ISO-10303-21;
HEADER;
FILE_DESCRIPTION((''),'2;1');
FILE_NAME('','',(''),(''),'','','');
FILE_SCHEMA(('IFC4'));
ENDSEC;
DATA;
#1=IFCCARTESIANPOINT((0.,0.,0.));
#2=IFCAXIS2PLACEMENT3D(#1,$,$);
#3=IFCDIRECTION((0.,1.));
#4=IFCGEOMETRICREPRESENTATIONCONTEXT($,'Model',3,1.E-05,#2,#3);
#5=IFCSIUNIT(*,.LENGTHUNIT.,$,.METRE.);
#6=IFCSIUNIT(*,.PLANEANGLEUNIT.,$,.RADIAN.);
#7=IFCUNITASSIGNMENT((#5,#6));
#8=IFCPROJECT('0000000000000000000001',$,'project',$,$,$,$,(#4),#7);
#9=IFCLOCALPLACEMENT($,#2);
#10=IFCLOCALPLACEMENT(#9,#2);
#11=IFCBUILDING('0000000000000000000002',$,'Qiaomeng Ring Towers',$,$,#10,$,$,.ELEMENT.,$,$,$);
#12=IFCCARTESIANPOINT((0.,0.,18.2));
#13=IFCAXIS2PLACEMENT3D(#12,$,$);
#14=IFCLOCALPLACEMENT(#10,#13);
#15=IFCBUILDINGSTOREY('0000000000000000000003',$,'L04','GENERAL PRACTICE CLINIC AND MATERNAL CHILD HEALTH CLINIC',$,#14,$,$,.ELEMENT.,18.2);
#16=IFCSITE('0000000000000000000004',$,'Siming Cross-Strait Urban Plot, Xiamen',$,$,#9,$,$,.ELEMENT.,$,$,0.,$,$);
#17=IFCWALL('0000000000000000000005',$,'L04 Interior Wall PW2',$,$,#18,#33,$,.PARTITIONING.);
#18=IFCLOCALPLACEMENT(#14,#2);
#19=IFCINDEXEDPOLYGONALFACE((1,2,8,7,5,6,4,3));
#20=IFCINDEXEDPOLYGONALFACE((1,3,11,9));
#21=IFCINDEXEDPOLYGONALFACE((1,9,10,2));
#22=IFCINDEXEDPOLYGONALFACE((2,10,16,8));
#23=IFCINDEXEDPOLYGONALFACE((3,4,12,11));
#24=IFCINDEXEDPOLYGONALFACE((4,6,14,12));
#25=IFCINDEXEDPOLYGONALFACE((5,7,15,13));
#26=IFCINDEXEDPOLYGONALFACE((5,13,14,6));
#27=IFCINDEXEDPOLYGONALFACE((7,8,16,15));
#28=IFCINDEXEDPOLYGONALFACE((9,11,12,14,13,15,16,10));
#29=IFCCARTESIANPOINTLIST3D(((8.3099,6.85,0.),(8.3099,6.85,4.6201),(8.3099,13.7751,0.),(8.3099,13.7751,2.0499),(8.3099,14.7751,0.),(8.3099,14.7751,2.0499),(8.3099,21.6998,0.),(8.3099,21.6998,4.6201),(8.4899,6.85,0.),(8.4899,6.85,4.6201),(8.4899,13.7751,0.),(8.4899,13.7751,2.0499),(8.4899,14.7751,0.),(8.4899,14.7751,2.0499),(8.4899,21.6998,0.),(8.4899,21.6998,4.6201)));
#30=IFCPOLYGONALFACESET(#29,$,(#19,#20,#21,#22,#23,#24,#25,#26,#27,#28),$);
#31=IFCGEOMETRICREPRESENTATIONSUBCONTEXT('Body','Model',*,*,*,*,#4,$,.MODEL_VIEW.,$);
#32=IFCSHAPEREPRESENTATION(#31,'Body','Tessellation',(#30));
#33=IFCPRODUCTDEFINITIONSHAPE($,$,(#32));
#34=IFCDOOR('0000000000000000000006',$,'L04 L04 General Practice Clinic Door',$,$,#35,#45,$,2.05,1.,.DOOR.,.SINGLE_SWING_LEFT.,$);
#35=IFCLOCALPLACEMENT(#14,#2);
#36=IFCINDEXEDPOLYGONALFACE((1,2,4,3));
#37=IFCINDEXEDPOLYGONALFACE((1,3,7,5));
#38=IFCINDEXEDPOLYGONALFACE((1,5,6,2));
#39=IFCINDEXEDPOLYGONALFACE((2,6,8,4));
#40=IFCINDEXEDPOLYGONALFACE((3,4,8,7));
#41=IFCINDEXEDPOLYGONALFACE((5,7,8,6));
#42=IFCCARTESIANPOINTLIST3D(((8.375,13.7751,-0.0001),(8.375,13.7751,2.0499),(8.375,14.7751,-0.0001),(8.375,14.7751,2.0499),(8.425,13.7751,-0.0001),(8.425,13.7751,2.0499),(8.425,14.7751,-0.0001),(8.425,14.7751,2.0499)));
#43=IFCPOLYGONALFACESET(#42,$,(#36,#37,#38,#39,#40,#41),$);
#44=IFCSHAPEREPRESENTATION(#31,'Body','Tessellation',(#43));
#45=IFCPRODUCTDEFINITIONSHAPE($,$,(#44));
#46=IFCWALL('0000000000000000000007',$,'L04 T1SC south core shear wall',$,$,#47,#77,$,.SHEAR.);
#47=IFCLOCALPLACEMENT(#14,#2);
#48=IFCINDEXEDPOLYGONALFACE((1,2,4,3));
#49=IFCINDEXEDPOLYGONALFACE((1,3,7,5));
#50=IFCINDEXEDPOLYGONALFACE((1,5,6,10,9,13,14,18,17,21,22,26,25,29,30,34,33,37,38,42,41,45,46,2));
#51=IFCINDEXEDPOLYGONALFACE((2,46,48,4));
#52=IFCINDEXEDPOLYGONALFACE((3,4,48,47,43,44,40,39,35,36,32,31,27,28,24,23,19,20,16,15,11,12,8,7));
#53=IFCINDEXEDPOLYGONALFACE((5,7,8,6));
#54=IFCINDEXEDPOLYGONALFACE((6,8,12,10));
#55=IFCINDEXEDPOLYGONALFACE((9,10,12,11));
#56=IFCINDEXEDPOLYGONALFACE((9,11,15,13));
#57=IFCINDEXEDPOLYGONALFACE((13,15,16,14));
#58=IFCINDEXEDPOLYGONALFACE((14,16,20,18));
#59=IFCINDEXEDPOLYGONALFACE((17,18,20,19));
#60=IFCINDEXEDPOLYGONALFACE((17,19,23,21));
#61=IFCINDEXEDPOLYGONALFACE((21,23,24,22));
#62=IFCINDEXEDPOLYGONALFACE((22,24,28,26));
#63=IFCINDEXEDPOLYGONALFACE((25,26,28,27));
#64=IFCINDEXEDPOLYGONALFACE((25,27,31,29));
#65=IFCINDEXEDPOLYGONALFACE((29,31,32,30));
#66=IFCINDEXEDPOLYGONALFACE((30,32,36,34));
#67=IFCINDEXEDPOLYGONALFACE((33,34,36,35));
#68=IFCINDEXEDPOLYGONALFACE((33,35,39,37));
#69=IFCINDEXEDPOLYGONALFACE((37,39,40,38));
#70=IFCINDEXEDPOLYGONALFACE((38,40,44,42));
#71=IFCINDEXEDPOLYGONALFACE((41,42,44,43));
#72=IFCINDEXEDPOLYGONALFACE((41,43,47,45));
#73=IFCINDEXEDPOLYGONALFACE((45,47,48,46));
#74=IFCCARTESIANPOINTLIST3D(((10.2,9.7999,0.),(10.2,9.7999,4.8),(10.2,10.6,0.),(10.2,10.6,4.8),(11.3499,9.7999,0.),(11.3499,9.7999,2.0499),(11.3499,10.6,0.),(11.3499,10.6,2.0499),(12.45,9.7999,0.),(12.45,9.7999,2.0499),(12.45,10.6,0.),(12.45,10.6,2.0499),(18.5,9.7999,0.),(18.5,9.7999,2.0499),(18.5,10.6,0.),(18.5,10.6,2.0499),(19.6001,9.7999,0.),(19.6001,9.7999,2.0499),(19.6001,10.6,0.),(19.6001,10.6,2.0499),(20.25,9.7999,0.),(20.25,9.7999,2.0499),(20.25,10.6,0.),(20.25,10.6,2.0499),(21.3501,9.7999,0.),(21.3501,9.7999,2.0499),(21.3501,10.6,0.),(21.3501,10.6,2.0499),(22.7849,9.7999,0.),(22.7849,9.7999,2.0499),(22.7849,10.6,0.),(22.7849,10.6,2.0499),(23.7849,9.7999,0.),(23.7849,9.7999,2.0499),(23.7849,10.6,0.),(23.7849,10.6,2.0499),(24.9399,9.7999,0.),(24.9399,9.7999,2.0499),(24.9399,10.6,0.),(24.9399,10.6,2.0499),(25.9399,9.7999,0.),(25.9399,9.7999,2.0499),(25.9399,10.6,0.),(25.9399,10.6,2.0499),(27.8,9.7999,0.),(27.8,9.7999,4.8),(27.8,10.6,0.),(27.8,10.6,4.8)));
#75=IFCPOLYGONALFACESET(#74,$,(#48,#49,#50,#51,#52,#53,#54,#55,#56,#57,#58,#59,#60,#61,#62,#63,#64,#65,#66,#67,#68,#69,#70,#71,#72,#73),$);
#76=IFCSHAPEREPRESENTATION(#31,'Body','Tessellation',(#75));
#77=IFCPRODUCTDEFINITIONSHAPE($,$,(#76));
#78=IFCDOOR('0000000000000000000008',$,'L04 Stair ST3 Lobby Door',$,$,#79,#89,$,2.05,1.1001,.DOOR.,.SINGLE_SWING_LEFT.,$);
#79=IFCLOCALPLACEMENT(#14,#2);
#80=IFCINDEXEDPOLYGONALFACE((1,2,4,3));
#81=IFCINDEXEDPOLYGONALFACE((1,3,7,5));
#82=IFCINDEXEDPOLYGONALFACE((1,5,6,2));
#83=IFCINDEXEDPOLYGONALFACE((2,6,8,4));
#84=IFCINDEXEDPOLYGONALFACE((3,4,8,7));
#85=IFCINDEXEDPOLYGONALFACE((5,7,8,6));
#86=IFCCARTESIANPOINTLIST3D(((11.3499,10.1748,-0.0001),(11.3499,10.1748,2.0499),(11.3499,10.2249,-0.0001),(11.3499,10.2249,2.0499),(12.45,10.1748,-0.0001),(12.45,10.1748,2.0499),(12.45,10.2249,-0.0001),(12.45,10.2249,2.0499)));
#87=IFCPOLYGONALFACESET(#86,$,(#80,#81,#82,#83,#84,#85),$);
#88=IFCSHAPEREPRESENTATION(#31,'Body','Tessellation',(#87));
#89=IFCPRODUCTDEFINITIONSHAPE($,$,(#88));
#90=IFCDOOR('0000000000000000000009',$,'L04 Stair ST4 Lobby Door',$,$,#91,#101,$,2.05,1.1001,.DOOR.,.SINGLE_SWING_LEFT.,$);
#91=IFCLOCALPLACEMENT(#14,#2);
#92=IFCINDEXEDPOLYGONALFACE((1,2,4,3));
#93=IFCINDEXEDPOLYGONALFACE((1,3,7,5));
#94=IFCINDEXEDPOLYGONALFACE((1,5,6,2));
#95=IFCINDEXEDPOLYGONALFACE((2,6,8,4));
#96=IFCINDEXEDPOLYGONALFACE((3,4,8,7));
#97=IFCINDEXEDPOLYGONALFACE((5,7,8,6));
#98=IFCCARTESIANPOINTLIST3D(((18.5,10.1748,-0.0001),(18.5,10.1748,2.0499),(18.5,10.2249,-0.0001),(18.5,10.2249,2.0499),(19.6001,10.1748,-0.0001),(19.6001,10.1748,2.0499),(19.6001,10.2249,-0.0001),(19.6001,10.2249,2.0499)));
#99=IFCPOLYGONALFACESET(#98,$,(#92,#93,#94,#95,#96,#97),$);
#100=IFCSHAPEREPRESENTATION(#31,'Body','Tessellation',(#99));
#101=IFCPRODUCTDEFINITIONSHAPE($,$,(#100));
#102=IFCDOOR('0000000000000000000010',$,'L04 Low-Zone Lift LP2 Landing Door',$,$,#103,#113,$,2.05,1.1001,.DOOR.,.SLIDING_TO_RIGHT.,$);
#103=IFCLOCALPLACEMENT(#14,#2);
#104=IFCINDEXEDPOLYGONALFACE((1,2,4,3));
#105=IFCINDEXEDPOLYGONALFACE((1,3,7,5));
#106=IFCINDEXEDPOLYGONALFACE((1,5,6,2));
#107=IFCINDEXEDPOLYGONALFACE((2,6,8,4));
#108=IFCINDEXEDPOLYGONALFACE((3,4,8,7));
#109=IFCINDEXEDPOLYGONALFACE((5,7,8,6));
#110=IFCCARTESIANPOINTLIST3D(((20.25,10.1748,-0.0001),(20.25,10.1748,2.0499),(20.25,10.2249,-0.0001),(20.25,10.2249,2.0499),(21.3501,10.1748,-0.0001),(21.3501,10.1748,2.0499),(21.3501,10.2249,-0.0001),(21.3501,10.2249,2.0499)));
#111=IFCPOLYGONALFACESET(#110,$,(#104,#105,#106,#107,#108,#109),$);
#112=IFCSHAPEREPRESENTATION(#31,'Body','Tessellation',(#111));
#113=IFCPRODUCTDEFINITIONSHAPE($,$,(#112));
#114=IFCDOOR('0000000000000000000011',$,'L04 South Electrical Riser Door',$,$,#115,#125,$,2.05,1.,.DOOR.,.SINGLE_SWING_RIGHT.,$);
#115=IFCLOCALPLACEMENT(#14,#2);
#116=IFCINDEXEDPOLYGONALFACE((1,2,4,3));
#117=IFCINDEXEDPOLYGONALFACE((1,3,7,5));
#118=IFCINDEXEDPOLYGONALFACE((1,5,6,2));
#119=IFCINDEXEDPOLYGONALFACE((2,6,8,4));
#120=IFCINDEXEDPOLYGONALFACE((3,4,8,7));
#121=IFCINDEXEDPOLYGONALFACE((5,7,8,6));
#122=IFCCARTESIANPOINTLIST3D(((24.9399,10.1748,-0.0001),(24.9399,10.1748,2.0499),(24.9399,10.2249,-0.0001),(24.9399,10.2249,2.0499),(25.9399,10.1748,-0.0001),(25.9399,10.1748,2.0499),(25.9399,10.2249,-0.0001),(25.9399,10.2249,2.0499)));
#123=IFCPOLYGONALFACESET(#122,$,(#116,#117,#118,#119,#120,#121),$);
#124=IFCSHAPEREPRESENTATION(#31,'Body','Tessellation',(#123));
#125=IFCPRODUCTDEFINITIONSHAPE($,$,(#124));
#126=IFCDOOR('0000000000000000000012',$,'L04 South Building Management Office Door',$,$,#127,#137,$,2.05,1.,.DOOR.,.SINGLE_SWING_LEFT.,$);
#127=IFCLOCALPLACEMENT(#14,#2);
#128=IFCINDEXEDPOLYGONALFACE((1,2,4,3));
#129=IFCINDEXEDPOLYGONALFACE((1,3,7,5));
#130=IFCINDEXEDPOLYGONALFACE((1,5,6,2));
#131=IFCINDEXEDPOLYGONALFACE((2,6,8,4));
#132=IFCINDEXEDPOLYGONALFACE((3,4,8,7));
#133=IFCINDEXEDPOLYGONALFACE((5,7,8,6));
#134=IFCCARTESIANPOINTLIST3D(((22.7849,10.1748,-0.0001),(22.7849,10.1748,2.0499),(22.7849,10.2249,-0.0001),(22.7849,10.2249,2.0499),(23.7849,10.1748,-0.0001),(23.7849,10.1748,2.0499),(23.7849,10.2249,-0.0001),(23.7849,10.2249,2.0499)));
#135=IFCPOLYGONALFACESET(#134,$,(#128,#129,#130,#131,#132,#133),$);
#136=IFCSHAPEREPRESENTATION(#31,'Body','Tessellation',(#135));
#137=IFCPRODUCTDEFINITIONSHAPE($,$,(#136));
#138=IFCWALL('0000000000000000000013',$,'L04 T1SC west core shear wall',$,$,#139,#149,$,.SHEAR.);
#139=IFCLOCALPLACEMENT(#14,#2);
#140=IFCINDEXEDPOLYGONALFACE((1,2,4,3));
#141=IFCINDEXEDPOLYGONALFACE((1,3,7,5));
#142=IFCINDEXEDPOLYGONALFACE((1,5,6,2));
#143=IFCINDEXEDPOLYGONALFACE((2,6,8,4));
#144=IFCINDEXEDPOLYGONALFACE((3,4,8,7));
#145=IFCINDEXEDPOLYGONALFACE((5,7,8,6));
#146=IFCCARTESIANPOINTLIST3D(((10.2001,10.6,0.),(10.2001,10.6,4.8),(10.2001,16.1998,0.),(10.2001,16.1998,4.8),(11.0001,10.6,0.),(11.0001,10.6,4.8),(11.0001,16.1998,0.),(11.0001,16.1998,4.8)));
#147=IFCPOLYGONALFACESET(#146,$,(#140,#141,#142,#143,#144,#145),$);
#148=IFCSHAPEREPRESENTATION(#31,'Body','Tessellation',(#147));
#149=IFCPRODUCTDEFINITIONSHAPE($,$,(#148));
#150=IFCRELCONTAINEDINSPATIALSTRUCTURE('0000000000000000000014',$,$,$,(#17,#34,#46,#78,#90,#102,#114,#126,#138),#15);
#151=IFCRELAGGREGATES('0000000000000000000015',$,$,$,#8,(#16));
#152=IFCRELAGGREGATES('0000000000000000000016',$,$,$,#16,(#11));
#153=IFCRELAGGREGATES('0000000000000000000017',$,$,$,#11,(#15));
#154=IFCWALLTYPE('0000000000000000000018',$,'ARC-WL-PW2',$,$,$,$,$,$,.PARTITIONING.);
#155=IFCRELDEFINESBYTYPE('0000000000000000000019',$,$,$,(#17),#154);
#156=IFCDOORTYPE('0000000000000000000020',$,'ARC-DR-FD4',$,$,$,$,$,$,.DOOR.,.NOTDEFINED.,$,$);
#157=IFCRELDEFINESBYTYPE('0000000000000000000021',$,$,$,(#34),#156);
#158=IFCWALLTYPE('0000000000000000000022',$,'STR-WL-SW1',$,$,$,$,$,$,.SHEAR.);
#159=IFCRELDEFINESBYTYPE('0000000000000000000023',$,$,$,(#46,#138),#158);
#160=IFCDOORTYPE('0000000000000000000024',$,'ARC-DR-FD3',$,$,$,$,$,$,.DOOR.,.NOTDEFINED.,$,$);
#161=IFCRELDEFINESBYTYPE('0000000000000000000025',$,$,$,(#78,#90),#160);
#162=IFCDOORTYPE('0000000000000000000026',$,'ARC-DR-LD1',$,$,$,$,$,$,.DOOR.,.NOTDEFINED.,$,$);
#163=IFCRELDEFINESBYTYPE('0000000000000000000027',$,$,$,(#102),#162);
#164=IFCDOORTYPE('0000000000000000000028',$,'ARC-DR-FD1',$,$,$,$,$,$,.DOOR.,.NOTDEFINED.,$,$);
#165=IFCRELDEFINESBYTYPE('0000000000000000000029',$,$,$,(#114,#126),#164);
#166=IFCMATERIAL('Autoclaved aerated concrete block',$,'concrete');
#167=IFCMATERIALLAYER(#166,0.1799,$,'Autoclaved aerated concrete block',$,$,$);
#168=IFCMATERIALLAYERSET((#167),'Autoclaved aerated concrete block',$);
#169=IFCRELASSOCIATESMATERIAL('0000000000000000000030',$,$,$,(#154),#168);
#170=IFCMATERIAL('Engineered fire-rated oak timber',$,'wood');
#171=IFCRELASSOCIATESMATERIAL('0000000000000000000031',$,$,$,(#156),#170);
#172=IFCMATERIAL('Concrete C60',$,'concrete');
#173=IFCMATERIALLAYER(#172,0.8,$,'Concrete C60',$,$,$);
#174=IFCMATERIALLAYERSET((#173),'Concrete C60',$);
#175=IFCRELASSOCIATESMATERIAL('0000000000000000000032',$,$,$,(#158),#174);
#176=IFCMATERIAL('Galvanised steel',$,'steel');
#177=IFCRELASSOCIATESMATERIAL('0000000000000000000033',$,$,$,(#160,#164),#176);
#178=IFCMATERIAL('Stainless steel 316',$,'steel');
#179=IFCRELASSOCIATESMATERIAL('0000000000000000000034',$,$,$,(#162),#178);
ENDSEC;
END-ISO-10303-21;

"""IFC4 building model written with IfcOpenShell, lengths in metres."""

from ifc_helpers import new_model, si_unit, direction, frame, frame_2d, origin, place, context, subcontext, project, spatial, rectangle, extrude, source, transform, mapped, material, layer, layer_set, type_object, element, fill, save


model = new_model("IFC4")

# Units and contexts
model_context = context("Model", 3, precision=1e-05, world=origin(), true_north=direction((0.0, 1.0)))
body_context = subcontext(model_context, "Body", "Model", "MODEL_VIEW")
ifc_project = project(units=[si_unit("LENGTHUNIT", "METRE"), si_unit("PLANEANGLEUNIT", "RADIAN")], contexts=[model_context])

# Site, building, storey
site_placement = place(None, origin())
site = spatial("IfcSite", under=ifc_project, at=site_placement, Name="Siming Cross-Strait Urban Plot, Xiamen", CompositionType="ELEMENT", RefElevation=0.0)
building_placement = place(site_placement, origin())
building = spatial("IfcBuilding", under=site, at=building_placement, Name="Qiaomeng Ring Towers", CompositionType="ELEMENT")
storey_placement = place(building_placement, frame((0.0, 0.0, 18.2)))
storey = spatial("IfcBuildingStorey", under=building, at=storey_placement, Name="L04", Description="GENERAL PRACTICE CLINIC AND MATERNAL CHILD HEALTH CLINIC", CompositionType="ELEMENT", Elevation=18.2)

# Shared definitions
ifc_material_1 = material(Name="Concrete C60", Category="concrete")

# Shared definitions
ifc_material_2 = material(Name="Autoclaved aerated concrete block", Category="concrete")
ifc_layer_1 = layer(ifc_material_2, 0.1799, Name="Autoclaved aerated concrete block")
ifc_layer_set_1 = layer_set([ifc_layer_1], Name="Autoclaved aerated concrete block")
wall_type_1 = type_object("IfcWallType", Name="ARC-WL-PW2", PredefinedType="PARTITIONING", material=ifc_layer_set_1)

# Wall, opening, door
wall_1_placement = place(storey_placement, frame((8.3999, 6.8501, 0.0), z_axis=(0.0, 0.0, 1.0), x_axis=(0.0, 1.0, 0.0)))
wall_1 = element("IfcWall", 1, at=wall_1_placement, inside=storey, type_object=wall_type_1, Name="L04 Interior Wall PW2", PredefinedType="PARTITIONING", context=body_context, shape_type="SweptSolid", body=[
    extrude(rectangle(XDim=14.8499, YDim=0.1799, at=frame_2d((7.4248, 0.0))), origin(), (0.0, 0.0, 1.0), 4.6201),
])
opening_1_placement = place(wall_1_placement, frame((6.925, 0.0, 0.0)))
opening_1 = element("IfcOpeningElement", 2, at=opening_1_placement, cuts=wall_1, PredefinedType="OPENING", context=body_context, shape_type="SweptSolid", body=[
    extrude(rectangle(XDim=1.0, YDim=2.05, at=frame_2d((0.5, 1.0249))), frame((0.0, 0.0999, 0.0), z_axis=(0.0, -1.0, 0.0), x_axis=(1.0, 0.0, 0.0)), (0.0, 0.0, 1.0), 0.2),
])
ifc_material_3 = material(Name="Engineered fire-rated oak timber", Category="wood")
door_type_1 = type_object("IfcDoorType", Name="ARC-DR-FD4", OperationType="NOTDEFINED", PredefinedType="DOOR", material=ifc_material_3)
shared_shape_1 = source(origin(), body_context, "Body", "SweptSolid", [
    extrude(rectangle(XDim=1.0, YDim=2.05, at=frame_2d((0.5, 1.0249))), frame((0.0, 0.0249, 0.0), z_axis=(0.0, -1.0, 0.0), x_axis=(1.0, 0.0, 0.0)), (0.0, 0.0, 1.0), 0.05),
])
door_1_placement = place(opening_1_placement, origin())
door_1 = element("IfcDoor", 3, at=door_1_placement, inside=storey, type_object=door_type_1, Name="L04 L04 General Practice Clinic Door", OperationType="SINGLE_SWING_LEFT", OverallHeight=2.05, OverallWidth=1.0, PredefinedType="DOOR", context=body_context, shape_type="MappedRepresentation", body=[
    mapped(shared_shape_1, transform((0.0, 0.0, 0.0), x_axis=(1.0, 0.0, 0.0), y_axis=(0.0, 1.0, 0.0), z_axis=(0.0, 0.0, 1.0), scale=1.0)),
])
fill(opening_1, door_1)

# Wall, openings, doors
ifc_layer_2 = layer(ifc_material_1, 0.8, Name="Concrete C60")
ifc_layer_set_2 = layer_set([ifc_layer_2], Name="Concrete C60")
wall_type_2 = type_object("IfcWallType", Name="STR-WL-SW1", PredefinedType="SHEAR", material=ifc_layer_set_2)
wall_2_placement = place(storey_placement, frame((10.2, 10.2, 0.0), z_axis=(0.0, 0.0, 1.0), x_axis=(1.0, 0.0, 0.0)))
wall_2 = element("IfcWall", 4, at=wall_2_placement, inside=storey, type_object=wall_type_2, Name="L04 T1SC south core shear wall", PredefinedType="SHEAR", context=body_context, shape_type="SweptSolid", body=[
    extrude(rectangle(XDim=17.6001, YDim=0.8, at=frame_2d((8.8, 0.0))), origin(), (0.0, 0.0, 1.0), 4.8),
])
opening_2_placement = place(wall_2_placement, frame((1.1499, 0.0, 0.0)))
opening_2 = element("IfcOpeningElement", 5, at=opening_2_placement, cuts=wall_2, PredefinedType="OPENING", context=body_context, shape_type="SweptSolid", body=[
    extrude(rectangle(XDim=1.1001, YDim=2.05, at=frame_2d((0.55, 1.0249))), frame((0.0, 0.4099, 0.0), z_axis=(0.0, -1.0, 0.0), x_axis=(1.0, 0.0, 0.0)), (0.0, 0.0, 1.0), 0.8201),
])
opening_3_placement = place(wall_2_placement, frame((8.3, 0.0, 0.0)))
opening_3 = element("IfcOpeningElement", 6, at=opening_3_placement, cuts=wall_2, PredefinedType="OPENING", context=body_context, shape_type="SweptSolid", body=[
    extrude(rectangle(XDim=1.1001, YDim=2.05, at=frame_2d((0.55, 1.0249))), frame((0.0, 0.4099, 0.0), z_axis=(0.0, -1.0, 0.0), x_axis=(1.0, 0.0, 0.0)), (0.0, 0.0, 1.0), 0.8201),
])
opening_4_placement = place(wall_2_placement, frame((10.05, 0.0, 0.0)))
opening_4 = element("IfcOpeningElement", 7, at=opening_4_placement, cuts=wall_2, PredefinedType="OPENING", context=body_context, shape_type="SweptSolid", body=[
    extrude(rectangle(XDim=1.1001, YDim=2.05, at=frame_2d((0.55, 1.0249))), frame((0.0, 0.4099, 0.0), z_axis=(0.0, -1.0, 0.0), x_axis=(1.0, 0.0, 0.0)), (0.0, 0.0, 1.0), 0.8201),
])
opening_5_placement = place(wall_2_placement, frame((14.74, 0.0, 0.0)))
opening_5 = element("IfcOpeningElement", 8, at=opening_5_placement, cuts=wall_2, PredefinedType="OPENING", context=body_context, shape_type="SweptSolid", body=[
    extrude(rectangle(XDim=1.0, YDim=2.05, at=frame_2d((0.5, 1.0249))), frame((0.0, 0.4099, 0.0), z_axis=(0.0, -1.0, 0.0), x_axis=(1.0, 0.0, 0.0)), (0.0, 0.0, 1.0), 0.8201),
])
opening_6_placement = place(wall_2_placement, frame((12.585, 0.0, 0.0)))
opening_6 = element("IfcOpeningElement", 9, at=opening_6_placement, cuts=wall_2, PredefinedType="OPENING", context=body_context, shape_type="SweptSolid", body=[
    extrude(rectangle(XDim=1.0, YDim=2.05, at=frame_2d((0.5, 1.0249))), frame((0.0, 0.4099, 0.0), z_axis=(0.0, -1.0, 0.0), x_axis=(1.0, 0.0, 0.0)), (0.0, 0.0, 1.0), 0.8201),
])
ifc_material_4 = material(Name="Galvanised steel", Category="steel")
door_type_2 = type_object("IfcDoorType", Name="ARC-DR-FD3", OperationType="NOTDEFINED", PredefinedType="DOOR", material=ifc_material_4)
shared_shape_2 = source(origin(), body_context, "Body", "SweptSolid", [
    extrude(rectangle(XDim=1.1001, YDim=2.05, at=frame_2d((0.55, 1.0249))), frame((0.0, 0.0249, 0.0), z_axis=(0.0, -1.0, 0.0), x_axis=(1.0, 0.0, 0.0)), (0.0, 0.0, 1.0), 0.05),
])
door_2_placement = place(opening_2_placement, origin())
door_2 = element("IfcDoor", 10, at=door_2_placement, inside=storey, type_object=door_type_2, Name="L04 Stair ST3 Lobby Door", OperationType="SINGLE_SWING_LEFT", OverallHeight=2.05, OverallWidth=1.1001, PredefinedType="DOOR", context=body_context, shape_type="MappedRepresentation", body=[
    mapped(shared_shape_2, transform((0.0, 0.0, 0.0), x_axis=(1.0, 0.0, 0.0), y_axis=(0.0, 1.0, 0.0), z_axis=(0.0, 0.0, 1.0), scale=1.0)),
])
fill(opening_2, door_2)
door_3_placement = place(opening_3_placement, origin())
door_3 = element("IfcDoor", 11, at=door_3_placement, inside=storey, type_object=door_type_2, Name="L04 Stair ST4 Lobby Door", OperationType="SINGLE_SWING_LEFT", OverallHeight=2.05, OverallWidth=1.1001, PredefinedType="DOOR", context=body_context, shape_type="MappedRepresentation", body=[
    mapped(shared_shape_2, transform((0.0, 0.0, 0.0), x_axis=(1.0, 0.0, 0.0), y_axis=(0.0, 1.0, 0.0), z_axis=(0.0, 0.0, 1.0), scale=1.0)),
])
fill(opening_3, door_3)
ifc_material_5 = material(Name="Stainless steel 316", Category="steel")
door_type_3 = type_object("IfcDoorType", Name="ARC-DR-LD1", OperationType="NOTDEFINED", PredefinedType="DOOR", material=ifc_material_5)
door_4_placement = place(opening_4_placement, origin())
door_4 = element("IfcDoor", 12, at=door_4_placement, inside=storey, type_object=door_type_3, Name="L04 Low-Zone Lift LP2 Landing Door", OperationType="SLIDING_TO_RIGHT", OverallHeight=2.05, OverallWidth=1.1001, PredefinedType="DOOR", context=body_context, shape_type="MappedRepresentation", body=[
    mapped(shared_shape_2, transform((0.0, 0.0, 0.0), x_axis=(1.0, 0.0, 0.0), y_axis=(0.0, 1.0, 0.0), z_axis=(0.0, 0.0, 1.0), scale=1.0)),
])
fill(opening_4, door_4)
door_type_4 = type_object("IfcDoorType", Name="ARC-DR-FD1", OperationType="NOTDEFINED", PredefinedType="DOOR", material=ifc_material_4)
door_5_placement = place(opening_5_placement, origin())
door_5 = element("IfcDoor", 13, at=door_5_placement, inside=storey, type_object=door_type_4, Name="L04 South Electrical Riser Door", OperationType="SINGLE_SWING_RIGHT", OverallHeight=2.05, OverallWidth=1.0, PredefinedType="DOOR", context=body_context, shape_type="MappedRepresentation", body=[
    mapped(shared_shape_1, transform((0.0, 0.0, 0.0), x_axis=(1.0, 0.0, 0.0), y_axis=(0.0, 1.0, 0.0), z_axis=(0.0, 0.0, 1.0), scale=1.0)),
])
fill(opening_5, door_5)
door_6_placement = place(opening_6_placement, origin())
door_6 = element("IfcDoor", 14, at=door_6_placement, inside=storey, type_object=door_type_4, Name="L04 South Building Management Office Door", OperationType="SINGLE_SWING_LEFT", OverallHeight=2.05, OverallWidth=1.0, PredefinedType="DOOR", context=body_context, shape_type="MappedRepresentation", body=[
    mapped(shared_shape_1, transform((0.0, 0.0, 0.0), x_axis=(1.0, 0.0, 0.0), y_axis=(0.0, 1.0, 0.0), z_axis=(0.0, 0.0, 1.0), scale=1.0)),
])
fill(opening_6, door_6)

# Wall
wall_3_placement = place(storey_placement, frame((10.6001, 10.6001, 0.0), z_axis=(0.0, 0.0, 1.0), x_axis=(0.0, 1.0, 0.0)))
element("IfcWall", 15, at=wall_3_placement, inside=storey, type_object=wall_type_2, Name="L04 T1SC west core shear wall", PredefinedType="SHEAR", context=body_context, shape_type="SweptSolid", body=[
    extrude(rectangle(XDim=5.5999, YDim=0.8, at=frame_2d((2.7998, 0.0))), origin(), (0.0, 0.0, 1.0), 4.8),
])

save(model, "model.ifc")
